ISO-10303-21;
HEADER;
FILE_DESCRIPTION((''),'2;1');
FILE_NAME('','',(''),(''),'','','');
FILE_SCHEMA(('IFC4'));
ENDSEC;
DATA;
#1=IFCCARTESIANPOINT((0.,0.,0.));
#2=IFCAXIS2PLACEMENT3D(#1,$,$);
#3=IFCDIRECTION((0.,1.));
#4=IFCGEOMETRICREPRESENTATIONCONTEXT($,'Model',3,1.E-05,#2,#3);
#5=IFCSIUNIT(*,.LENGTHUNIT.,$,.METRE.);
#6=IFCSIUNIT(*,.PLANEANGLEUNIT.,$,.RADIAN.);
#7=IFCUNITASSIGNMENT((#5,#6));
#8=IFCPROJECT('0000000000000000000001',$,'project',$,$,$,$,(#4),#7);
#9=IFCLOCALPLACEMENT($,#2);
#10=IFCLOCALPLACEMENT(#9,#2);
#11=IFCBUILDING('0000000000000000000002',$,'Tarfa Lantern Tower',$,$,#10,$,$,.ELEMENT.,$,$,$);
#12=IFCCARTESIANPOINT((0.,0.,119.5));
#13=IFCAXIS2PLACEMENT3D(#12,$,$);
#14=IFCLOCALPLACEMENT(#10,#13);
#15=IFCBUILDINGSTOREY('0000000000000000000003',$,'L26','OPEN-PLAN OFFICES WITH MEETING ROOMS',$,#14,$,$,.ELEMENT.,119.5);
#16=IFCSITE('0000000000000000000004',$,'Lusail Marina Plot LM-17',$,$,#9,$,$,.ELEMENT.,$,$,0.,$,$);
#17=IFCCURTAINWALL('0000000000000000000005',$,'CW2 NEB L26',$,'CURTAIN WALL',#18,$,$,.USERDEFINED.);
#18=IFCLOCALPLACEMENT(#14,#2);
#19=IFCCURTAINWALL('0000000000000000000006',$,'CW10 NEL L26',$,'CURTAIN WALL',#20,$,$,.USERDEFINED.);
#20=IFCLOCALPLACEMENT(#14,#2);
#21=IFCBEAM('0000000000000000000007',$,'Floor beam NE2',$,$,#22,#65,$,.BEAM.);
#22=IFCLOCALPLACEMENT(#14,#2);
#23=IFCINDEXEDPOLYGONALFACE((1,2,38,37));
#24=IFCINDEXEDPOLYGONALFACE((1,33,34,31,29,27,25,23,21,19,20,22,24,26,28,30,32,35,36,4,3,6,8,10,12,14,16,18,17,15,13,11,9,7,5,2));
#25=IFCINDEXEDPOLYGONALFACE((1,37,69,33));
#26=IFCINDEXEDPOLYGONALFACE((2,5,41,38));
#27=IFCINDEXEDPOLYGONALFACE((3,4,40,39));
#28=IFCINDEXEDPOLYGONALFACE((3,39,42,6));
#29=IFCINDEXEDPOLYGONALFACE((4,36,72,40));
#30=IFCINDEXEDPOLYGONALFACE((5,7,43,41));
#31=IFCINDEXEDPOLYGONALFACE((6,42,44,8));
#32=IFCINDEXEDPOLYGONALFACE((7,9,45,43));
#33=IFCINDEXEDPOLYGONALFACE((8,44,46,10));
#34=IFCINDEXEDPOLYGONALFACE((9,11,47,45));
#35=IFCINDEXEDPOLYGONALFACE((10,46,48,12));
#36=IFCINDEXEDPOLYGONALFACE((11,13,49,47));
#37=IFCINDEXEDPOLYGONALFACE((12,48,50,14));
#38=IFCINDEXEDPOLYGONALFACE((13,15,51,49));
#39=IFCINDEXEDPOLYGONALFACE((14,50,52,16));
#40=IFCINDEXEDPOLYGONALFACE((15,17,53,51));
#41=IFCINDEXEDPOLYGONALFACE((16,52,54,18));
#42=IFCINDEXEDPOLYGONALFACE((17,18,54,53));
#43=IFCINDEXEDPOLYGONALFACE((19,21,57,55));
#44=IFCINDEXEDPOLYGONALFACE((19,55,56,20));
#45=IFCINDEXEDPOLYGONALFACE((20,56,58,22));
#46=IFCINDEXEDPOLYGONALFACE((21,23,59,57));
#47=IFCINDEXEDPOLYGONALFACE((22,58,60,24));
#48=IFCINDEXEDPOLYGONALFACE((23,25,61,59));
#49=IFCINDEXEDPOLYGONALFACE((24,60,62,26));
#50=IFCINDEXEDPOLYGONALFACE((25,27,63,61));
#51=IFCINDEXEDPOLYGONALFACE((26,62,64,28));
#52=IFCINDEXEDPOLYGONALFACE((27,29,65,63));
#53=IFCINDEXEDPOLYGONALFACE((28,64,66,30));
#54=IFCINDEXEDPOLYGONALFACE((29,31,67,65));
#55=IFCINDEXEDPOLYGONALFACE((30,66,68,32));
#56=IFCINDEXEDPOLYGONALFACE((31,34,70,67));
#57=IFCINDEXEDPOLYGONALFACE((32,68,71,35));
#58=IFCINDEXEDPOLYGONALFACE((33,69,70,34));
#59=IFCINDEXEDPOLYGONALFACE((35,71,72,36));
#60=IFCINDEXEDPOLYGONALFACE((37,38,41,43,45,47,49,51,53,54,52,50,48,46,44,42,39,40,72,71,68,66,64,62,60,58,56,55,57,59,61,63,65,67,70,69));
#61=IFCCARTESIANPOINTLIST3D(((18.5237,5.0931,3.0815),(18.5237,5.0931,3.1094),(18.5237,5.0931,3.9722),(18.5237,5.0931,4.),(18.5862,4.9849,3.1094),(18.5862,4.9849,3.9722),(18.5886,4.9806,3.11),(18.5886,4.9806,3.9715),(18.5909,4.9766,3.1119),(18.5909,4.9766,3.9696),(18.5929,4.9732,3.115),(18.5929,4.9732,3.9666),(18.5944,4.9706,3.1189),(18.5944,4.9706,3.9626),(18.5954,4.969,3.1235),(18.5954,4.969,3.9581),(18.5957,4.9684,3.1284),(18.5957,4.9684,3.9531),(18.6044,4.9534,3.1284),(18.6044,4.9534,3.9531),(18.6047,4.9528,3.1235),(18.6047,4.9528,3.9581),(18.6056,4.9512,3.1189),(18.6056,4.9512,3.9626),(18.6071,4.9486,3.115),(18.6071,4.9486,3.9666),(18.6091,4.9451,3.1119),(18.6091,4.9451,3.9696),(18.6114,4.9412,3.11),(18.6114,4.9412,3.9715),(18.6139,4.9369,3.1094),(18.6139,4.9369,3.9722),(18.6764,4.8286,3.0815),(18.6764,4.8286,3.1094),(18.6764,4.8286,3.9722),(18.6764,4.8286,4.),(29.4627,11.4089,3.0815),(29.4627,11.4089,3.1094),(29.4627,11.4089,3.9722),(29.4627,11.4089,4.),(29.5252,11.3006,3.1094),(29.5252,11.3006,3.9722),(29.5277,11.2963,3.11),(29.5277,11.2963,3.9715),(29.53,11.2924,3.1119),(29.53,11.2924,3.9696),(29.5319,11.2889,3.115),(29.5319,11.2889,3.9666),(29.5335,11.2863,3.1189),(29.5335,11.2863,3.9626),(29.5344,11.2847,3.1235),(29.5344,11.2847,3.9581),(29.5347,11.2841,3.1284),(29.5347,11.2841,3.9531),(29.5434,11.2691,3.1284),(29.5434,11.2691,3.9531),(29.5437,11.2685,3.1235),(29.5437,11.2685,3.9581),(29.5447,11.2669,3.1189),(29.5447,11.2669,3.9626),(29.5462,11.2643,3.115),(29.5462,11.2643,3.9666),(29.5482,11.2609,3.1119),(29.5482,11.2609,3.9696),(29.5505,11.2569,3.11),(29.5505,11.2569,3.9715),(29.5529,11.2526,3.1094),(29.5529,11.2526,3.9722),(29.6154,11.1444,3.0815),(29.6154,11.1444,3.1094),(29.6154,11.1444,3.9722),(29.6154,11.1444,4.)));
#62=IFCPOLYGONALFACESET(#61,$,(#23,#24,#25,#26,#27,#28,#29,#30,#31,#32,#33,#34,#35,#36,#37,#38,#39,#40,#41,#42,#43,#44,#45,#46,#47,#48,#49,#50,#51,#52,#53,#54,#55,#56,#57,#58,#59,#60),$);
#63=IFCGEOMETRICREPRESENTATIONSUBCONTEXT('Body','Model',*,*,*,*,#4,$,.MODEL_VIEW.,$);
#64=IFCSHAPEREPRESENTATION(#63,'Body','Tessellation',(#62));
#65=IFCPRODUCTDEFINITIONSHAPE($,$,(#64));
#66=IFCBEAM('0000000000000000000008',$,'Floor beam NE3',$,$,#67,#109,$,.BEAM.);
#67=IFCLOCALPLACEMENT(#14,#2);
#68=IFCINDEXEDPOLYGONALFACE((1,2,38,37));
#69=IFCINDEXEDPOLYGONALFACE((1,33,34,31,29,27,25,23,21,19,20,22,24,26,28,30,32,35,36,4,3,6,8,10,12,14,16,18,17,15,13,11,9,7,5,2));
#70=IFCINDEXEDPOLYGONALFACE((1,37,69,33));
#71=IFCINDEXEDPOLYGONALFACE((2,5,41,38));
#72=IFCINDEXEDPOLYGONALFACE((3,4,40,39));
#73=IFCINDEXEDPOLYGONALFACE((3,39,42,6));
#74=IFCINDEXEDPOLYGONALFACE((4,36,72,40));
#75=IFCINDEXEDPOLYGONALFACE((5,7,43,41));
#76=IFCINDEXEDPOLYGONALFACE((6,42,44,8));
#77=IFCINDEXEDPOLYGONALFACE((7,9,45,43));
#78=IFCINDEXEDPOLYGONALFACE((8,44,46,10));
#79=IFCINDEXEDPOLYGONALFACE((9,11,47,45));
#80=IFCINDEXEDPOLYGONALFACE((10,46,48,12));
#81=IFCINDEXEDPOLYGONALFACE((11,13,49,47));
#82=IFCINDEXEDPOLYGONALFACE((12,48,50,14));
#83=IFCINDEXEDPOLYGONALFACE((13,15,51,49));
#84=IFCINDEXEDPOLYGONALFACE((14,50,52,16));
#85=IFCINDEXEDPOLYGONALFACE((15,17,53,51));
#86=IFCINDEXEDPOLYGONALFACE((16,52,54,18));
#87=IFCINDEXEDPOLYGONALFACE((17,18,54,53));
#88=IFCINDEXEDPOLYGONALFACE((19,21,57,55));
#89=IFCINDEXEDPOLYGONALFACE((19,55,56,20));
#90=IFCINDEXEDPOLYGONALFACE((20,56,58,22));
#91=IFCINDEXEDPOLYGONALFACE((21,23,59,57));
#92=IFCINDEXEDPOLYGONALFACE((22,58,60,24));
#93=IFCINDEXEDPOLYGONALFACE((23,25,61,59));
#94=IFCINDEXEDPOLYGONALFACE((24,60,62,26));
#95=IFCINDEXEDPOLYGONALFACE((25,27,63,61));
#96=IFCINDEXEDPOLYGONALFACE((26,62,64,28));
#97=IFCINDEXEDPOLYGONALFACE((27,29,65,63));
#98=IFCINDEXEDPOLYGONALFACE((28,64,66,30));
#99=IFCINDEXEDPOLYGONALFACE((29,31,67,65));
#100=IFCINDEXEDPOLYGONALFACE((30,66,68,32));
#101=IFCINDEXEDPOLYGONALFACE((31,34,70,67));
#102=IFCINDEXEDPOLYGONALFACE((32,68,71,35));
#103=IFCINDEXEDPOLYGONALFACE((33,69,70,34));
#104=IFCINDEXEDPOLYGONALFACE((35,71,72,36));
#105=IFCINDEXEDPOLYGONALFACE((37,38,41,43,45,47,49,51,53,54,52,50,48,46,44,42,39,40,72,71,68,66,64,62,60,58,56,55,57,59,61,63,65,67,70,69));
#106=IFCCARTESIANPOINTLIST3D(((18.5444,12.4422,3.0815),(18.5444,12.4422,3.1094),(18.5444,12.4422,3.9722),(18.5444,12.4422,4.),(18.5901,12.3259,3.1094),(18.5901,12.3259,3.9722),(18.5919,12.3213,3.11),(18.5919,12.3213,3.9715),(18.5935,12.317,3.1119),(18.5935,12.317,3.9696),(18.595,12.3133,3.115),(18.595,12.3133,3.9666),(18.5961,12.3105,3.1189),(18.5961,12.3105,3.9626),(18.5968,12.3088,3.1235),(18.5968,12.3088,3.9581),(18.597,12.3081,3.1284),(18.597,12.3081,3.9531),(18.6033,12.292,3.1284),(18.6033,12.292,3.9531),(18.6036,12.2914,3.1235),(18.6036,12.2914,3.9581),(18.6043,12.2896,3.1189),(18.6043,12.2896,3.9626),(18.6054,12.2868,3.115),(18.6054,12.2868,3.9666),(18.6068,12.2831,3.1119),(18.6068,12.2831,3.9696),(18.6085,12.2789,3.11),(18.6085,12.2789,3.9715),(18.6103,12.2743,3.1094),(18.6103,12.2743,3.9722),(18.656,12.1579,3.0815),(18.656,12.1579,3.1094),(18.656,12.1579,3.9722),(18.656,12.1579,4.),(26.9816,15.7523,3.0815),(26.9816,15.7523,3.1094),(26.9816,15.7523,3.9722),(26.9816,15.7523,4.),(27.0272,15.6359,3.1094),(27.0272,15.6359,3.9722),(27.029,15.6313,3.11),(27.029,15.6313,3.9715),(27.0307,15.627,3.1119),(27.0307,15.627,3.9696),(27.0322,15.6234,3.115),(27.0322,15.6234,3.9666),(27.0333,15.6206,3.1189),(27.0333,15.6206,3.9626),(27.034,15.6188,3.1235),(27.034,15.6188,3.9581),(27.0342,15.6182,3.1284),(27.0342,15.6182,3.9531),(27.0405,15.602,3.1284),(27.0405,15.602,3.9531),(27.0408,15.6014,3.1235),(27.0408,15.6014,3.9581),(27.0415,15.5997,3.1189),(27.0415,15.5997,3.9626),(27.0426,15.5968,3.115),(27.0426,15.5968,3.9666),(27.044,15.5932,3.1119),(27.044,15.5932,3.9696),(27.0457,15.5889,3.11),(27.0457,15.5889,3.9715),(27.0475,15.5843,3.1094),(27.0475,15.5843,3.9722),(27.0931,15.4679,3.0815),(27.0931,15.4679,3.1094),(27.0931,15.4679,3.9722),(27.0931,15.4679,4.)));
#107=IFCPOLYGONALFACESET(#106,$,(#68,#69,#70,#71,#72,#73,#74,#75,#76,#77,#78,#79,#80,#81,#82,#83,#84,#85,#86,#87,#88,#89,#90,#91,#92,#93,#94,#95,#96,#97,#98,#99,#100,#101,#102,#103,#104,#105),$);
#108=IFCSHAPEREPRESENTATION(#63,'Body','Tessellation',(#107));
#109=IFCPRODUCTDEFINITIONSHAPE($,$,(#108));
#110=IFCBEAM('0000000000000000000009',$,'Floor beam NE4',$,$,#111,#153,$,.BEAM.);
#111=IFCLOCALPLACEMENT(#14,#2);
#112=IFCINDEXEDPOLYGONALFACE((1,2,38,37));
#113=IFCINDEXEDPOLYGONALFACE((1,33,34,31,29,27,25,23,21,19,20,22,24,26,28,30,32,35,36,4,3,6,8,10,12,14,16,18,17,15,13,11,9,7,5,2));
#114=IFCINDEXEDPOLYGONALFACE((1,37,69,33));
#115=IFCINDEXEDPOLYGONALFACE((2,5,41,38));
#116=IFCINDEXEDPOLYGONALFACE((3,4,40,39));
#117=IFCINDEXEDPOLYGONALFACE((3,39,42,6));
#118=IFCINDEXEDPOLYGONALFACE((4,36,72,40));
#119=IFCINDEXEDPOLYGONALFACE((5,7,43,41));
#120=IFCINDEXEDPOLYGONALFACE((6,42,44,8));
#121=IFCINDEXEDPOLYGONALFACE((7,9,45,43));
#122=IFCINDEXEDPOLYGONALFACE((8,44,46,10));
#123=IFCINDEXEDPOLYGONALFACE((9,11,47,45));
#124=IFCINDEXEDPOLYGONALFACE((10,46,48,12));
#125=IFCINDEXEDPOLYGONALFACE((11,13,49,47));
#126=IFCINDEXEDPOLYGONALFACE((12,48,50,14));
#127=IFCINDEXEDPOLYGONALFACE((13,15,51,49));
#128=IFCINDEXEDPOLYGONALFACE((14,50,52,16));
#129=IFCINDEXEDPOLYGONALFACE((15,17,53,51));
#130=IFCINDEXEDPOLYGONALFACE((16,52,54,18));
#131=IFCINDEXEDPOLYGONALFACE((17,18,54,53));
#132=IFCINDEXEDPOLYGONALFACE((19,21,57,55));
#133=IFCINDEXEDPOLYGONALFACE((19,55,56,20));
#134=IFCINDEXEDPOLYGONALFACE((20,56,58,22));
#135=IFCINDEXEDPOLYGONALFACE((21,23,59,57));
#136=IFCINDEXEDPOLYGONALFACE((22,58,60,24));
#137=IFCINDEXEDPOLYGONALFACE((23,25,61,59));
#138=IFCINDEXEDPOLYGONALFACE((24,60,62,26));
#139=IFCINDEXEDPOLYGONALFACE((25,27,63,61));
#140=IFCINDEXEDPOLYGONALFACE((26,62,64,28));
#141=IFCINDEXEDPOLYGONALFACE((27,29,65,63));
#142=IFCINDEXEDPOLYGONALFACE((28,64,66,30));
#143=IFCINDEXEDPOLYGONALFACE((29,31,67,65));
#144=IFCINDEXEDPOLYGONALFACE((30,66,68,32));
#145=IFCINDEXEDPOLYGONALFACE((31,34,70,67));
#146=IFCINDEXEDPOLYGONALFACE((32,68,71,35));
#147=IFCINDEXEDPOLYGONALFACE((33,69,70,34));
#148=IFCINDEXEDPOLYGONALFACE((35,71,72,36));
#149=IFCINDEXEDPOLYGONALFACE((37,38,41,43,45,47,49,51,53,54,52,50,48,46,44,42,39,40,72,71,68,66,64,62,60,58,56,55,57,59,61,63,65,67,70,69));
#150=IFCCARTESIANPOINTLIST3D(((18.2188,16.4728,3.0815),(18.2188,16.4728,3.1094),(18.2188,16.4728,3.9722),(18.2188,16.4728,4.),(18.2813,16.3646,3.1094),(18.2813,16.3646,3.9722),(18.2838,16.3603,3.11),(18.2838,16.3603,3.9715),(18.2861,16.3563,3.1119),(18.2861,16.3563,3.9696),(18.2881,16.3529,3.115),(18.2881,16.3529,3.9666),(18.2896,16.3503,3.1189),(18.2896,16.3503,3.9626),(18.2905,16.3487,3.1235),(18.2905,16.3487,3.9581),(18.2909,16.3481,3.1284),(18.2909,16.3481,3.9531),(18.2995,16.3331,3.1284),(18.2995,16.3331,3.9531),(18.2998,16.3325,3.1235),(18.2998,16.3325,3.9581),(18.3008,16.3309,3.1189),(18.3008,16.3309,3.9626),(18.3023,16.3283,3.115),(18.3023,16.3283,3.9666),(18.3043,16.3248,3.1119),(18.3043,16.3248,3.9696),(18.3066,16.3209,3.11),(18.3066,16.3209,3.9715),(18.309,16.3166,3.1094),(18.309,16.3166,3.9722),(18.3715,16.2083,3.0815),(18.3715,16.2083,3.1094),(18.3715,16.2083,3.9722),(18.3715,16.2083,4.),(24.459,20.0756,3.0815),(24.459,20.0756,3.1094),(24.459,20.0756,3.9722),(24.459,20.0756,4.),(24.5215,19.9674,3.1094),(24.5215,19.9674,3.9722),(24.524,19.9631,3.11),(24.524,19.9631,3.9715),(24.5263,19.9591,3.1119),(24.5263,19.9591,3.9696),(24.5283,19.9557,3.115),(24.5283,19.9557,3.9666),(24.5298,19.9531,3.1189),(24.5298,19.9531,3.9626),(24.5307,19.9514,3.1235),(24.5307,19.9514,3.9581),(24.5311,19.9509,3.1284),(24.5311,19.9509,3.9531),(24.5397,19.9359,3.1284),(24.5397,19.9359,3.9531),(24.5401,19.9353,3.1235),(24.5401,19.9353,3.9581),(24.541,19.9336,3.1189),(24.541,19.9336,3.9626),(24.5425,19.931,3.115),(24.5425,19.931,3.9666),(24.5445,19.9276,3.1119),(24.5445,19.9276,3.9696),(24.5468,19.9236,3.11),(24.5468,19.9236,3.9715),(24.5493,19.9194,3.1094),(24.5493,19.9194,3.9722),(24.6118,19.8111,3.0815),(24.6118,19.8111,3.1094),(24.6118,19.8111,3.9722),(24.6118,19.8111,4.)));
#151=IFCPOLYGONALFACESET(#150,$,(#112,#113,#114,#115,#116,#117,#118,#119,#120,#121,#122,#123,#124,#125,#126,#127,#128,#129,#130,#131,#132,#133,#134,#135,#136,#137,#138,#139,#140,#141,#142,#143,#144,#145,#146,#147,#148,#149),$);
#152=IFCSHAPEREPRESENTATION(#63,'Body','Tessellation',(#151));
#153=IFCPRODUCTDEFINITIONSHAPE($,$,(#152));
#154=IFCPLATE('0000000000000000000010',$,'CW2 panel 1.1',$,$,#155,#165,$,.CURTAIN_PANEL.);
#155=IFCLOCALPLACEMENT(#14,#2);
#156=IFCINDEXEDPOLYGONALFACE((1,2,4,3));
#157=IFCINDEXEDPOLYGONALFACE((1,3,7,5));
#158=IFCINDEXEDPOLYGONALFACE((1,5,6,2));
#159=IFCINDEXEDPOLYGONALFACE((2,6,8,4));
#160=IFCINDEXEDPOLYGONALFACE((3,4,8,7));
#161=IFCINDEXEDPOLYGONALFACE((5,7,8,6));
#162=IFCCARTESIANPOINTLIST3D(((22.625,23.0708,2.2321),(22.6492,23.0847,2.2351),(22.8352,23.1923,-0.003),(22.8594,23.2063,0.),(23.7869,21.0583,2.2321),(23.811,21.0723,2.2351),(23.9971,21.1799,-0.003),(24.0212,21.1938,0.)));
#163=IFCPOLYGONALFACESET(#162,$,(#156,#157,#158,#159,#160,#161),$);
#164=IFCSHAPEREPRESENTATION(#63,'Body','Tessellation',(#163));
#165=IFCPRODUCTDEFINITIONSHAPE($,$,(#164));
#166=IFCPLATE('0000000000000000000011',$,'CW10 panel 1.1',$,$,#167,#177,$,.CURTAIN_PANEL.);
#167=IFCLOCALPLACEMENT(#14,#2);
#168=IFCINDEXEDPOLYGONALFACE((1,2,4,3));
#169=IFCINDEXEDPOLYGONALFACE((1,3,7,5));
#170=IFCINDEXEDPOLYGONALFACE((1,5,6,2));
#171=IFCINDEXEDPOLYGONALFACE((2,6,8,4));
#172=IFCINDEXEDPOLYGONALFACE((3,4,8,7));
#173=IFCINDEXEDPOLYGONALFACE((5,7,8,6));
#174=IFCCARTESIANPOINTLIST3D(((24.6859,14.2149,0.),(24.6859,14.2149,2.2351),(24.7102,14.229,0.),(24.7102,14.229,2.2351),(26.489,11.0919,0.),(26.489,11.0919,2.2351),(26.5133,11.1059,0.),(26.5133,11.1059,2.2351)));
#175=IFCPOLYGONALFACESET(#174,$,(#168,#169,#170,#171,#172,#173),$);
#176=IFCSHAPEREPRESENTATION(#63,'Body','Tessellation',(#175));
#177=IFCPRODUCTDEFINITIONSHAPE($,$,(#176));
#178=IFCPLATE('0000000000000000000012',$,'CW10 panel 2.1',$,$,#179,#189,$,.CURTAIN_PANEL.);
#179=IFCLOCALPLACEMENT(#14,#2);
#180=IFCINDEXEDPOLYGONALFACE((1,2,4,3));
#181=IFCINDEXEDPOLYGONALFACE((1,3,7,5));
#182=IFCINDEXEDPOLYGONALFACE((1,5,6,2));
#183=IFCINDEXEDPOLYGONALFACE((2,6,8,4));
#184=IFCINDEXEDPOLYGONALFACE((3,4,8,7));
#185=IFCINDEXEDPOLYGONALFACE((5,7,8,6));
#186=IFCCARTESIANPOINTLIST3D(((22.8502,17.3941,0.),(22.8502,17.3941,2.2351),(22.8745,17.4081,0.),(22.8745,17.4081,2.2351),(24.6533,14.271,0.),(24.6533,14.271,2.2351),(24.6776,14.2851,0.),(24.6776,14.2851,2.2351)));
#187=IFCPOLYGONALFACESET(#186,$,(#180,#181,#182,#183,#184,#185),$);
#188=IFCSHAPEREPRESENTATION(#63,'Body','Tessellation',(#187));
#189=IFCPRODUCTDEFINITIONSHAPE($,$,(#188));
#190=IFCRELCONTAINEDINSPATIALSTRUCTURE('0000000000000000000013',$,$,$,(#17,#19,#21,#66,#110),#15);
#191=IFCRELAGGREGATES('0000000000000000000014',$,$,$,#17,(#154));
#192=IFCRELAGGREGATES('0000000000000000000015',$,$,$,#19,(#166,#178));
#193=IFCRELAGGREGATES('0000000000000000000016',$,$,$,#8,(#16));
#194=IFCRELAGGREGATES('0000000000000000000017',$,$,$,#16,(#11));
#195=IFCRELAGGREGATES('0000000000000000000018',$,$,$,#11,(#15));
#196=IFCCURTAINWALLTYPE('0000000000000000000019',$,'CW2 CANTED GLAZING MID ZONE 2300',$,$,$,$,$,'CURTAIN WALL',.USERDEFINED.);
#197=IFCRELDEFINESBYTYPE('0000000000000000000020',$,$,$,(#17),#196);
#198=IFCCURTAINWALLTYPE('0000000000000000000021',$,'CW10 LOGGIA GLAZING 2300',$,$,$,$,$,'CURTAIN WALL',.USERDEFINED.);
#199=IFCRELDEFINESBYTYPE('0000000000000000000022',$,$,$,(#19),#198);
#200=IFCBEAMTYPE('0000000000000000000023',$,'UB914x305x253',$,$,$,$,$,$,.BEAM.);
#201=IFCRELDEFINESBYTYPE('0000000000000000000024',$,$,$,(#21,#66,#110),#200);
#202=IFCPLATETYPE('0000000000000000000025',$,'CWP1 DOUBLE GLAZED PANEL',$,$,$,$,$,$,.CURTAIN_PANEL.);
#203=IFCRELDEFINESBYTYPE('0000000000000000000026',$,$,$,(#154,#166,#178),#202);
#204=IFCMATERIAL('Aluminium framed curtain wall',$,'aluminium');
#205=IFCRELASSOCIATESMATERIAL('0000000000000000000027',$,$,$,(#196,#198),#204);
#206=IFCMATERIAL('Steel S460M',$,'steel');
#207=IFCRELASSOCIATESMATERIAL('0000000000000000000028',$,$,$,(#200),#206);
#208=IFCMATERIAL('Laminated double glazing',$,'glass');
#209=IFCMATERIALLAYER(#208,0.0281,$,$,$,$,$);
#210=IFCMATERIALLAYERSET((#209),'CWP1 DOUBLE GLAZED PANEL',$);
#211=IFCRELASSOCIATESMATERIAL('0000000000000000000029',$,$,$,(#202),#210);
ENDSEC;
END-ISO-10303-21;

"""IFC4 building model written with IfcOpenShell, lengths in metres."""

from ifc_helpers import new_model, si_unit, direction, frame, origin, origin_2d, place, context, subcontext, project, spatial, polyline, rectangle, i_section, outline, extrude, material, layer, layer_set, material_profile, profile_set, type_object, element, aggregate, save


model = new_model("IFC4")

# Units and contexts
model_context = context("Model", 3, precision=1e-05, world=origin(), true_north=direction((0.0, 1.0)))
body_context = subcontext(model_context, "Body", "Model", "MODEL_VIEW")
ifc_project = project(units=[si_unit("LENGTHUNIT", "METRE"), si_unit("PLANEANGLEUNIT", "RADIAN")], contexts=[model_context])

# Site, building, storey
site_placement = place(None, origin())
site = spatial("IfcSite", under=ifc_project, at=site_placement, Name="Lusail Marina Plot LM-17", CompositionType="ELEMENT", RefElevation=0.0)
building_placement = place(site_placement, origin())
building = spatial("IfcBuilding", under=site, at=building_placement, Name="Tarfa Lantern Tower", CompositionType="ELEMENT")
storey_placement = place(building_placement, frame((0.0, 0.0, 119.5)))
storey = spatial("IfcBuildingStorey", under=building, at=storey_placement, Name="L26", Description="OPEN-PLAN OFFICES WITH MEETING ROOMS", CompositionType="ELEMENT", Elevation=119.5)

# Curtain walls
ifc_material_1 = material(Name="Aluminium framed curtain wall", Category="aluminium")
curtain_wall_type_1 = type_object("IfcCurtainWallType", Name="CW2 CANTED GLAZING MID ZONE 2300", ElementType="CURTAIN WALL", PredefinedType="USERDEFINED", material=ifc_material_1)
curtain_wall_1_placement = place(storey_placement, origin())
curtain_wall_1 = element("IfcCurtainWall", 1, at=curtain_wall_1_placement, inside=storey, type_object=curtain_wall_type_1, Name="CW2 NEB L26", ObjectType="CURTAIN WALL", PredefinedType="USERDEFINED")
curtain_wall_type_2 = type_object("IfcCurtainWallType", Name="CW10 LOGGIA GLAZING 2300", ElementType="CURTAIN WALL", PredefinedType="USERDEFINED", material=ifc_material_1)
curtain_wall_2_placement = place(storey_placement, origin())
curtain_wall_2 = element("IfcCurtainWall", 2, at=curtain_wall_2_placement, inside=storey, type_object=curtain_wall_type_2, Name="CW10 NEL L26", ObjectType="CURTAIN WALL", PredefinedType="USERDEFINED")

# Beams
ifc_material_2 = material(Name="Steel S460M", Category="steel")
ifc_material_profile_1 = material_profile(ifc_material_2, i_section(OverallWidth=0.3054, OverallDepth=0.9185, WebThickness=0.0173, FlangeThickness=0.0278, FilletRadius=0.019, at=origin_2d()), Name="UB914x305x253")
ifc_profile_set_1 = profile_set([ifc_material_profile_1], Name="Steel S460M")
beam_type_1 = type_object("IfcBeamType", Name="UB914x305x253", PredefinedType="BEAM", material=ifc_profile_set_1)
beam_1_placement = place(storey_placement, frame((29.5391, 11.2766, 3.5408), z_axis=(-0.866023, -0.500004, 0.0), x_axis=(0.500004, -0.866023, 0.0)))
element("IfcBeam", 3, at=beam_1_placement, inside=storey, type_object=beam_type_1, Name="Floor beam NE2", PredefinedType="BEAM", context=body_context, shape_type="SweptSolid", body=[
    extrude(i_section(OverallWidth=0.3054, OverallDepth=0.9185, WebThickness=0.0173, FlangeThickness=0.0278, FilletRadius=0.019, at=origin_2d()), origin(), (0.0, 0.0, 1.0), 12.6313),
])
beam_2_placement = place(storey_placement, frame((27.0374, 15.6101, 3.5408), z_axis=(-0.930923, -0.365215, 0.0), x_axis=(0.365215, -0.930923, 0.0)))
element("IfcBeam", 4, at=beam_2_placement, inside=storey, type_object=beam_type_1, Name="Floor beam NE3", PredefinedType="BEAM", context=body_context, shape_type="SweptSolid", body=[
    extrude(i_section(OverallWidth=0.3054, OverallDepth=0.9185, WebThickness=0.0173, FlangeThickness=0.0278, FilletRadius=0.019, at=origin_2d()), origin(), (0.0, 0.0, 1.0), 9.0632),
])
beam_3_placement = place(storey_placement, frame((24.5354, 19.9434, 3.5408), z_axis=(-0.866026, -0.499998, 0.0), x_axis=(0.499998, -0.866026, 0.0)))
element("IfcBeam", 5, at=beam_3_placement, inside=storey, type_object=beam_type_1, Name="Floor beam NE4", PredefinedType="BEAM", context=body_context, shape_type="SweptSolid", body=[
    extrude(i_section(OverallWidth=0.3054, OverallDepth=0.9185, WebThickness=0.0173, FlangeThickness=0.0278, FilletRadius=0.019, at=origin_2d()), origin(), (0.0, 0.0, 1.0), 7.2056),
])

# Plates
ifc_material_3 = material(Name="Laminated double glazing", Category="glass")
ifc_layer_1 = layer(ifc_material_3, 0.0281)
ifc_layer_set_1 = layer_set([ifc_layer_1], Name="CWP1 DOUBLE GLAZED PANEL")
plate_type_1 = type_object("IfcPlateType", Name="CWP1 DOUBLE GLAZED PANEL", PredefinedType="CURTAIN_PANEL", material=ifc_layer_set_1)
plate_1_placement = place(storey_placement, frame((24.0212, 21.1938, 0.0), z_axis=(0.860963, 0.497067, 0.10801), x_axis=(-0.499992, 0.86603, 0.0)))
plate_1 = element("IfcPlate", 6, at=plate_1_placement, type_object=plate_type_1, Name="CW2 panel 1.1", PredefinedType="CURTAIN_PANEL", context=body_context, shape_type="SweptSolid", body=[
    extrude(outline(polyline([(0.0, 0.0), (2.3238, 0.0), (2.3236, 2.2483), (-0.0002, 2.2483), (0.0, 0.0)])), origin(), (0.0, 0.0, -1.0), 0.0281),
])
aggregate(curtain_wall_1, [plate_1])
plate_2_placement = place(storey_placement, frame((25.5996, 12.6604, 0.0), z_axis=(0.0, 0.0, 1.0), x_axis=(-0.5, 0.866025, 0.0)))
plate_2 = element("IfcPlate", 7, at=plate_2_placement, type_object=plate_type_1, Name="CW10 panel 1.1", PredefinedType="CURTAIN_PANEL", context=body_context, shape_type="SweptSolid", body=[
    extrude(rectangle(XDim=3.6062, YDim=0.0281, at=origin_2d()), origin(), (0.0, 0.0, 1.0), 2.2351),
])
plate_3_placement = place(storey_placement, frame((23.7639, 15.8396, 0.0), z_axis=(0.0, 0.0, 1.0), x_axis=(-0.5, 0.866025, 0.0)))
plate_3 = element("IfcPlate", 8, at=plate_3_placement, type_object=plate_type_1, Name="CW10 panel 2.1", PredefinedType="CURTAIN_PANEL", context=body_context, shape_type="SweptSolid", body=[
    extrude(rectangle(XDim=3.6062, YDim=0.0281, at=origin_2d()), origin(), (0.0, 0.0, 1.0), 2.2351),
])
aggregate(curtain_wall_2, [plate_2, plate_3])

save(model, "model.ifc")
